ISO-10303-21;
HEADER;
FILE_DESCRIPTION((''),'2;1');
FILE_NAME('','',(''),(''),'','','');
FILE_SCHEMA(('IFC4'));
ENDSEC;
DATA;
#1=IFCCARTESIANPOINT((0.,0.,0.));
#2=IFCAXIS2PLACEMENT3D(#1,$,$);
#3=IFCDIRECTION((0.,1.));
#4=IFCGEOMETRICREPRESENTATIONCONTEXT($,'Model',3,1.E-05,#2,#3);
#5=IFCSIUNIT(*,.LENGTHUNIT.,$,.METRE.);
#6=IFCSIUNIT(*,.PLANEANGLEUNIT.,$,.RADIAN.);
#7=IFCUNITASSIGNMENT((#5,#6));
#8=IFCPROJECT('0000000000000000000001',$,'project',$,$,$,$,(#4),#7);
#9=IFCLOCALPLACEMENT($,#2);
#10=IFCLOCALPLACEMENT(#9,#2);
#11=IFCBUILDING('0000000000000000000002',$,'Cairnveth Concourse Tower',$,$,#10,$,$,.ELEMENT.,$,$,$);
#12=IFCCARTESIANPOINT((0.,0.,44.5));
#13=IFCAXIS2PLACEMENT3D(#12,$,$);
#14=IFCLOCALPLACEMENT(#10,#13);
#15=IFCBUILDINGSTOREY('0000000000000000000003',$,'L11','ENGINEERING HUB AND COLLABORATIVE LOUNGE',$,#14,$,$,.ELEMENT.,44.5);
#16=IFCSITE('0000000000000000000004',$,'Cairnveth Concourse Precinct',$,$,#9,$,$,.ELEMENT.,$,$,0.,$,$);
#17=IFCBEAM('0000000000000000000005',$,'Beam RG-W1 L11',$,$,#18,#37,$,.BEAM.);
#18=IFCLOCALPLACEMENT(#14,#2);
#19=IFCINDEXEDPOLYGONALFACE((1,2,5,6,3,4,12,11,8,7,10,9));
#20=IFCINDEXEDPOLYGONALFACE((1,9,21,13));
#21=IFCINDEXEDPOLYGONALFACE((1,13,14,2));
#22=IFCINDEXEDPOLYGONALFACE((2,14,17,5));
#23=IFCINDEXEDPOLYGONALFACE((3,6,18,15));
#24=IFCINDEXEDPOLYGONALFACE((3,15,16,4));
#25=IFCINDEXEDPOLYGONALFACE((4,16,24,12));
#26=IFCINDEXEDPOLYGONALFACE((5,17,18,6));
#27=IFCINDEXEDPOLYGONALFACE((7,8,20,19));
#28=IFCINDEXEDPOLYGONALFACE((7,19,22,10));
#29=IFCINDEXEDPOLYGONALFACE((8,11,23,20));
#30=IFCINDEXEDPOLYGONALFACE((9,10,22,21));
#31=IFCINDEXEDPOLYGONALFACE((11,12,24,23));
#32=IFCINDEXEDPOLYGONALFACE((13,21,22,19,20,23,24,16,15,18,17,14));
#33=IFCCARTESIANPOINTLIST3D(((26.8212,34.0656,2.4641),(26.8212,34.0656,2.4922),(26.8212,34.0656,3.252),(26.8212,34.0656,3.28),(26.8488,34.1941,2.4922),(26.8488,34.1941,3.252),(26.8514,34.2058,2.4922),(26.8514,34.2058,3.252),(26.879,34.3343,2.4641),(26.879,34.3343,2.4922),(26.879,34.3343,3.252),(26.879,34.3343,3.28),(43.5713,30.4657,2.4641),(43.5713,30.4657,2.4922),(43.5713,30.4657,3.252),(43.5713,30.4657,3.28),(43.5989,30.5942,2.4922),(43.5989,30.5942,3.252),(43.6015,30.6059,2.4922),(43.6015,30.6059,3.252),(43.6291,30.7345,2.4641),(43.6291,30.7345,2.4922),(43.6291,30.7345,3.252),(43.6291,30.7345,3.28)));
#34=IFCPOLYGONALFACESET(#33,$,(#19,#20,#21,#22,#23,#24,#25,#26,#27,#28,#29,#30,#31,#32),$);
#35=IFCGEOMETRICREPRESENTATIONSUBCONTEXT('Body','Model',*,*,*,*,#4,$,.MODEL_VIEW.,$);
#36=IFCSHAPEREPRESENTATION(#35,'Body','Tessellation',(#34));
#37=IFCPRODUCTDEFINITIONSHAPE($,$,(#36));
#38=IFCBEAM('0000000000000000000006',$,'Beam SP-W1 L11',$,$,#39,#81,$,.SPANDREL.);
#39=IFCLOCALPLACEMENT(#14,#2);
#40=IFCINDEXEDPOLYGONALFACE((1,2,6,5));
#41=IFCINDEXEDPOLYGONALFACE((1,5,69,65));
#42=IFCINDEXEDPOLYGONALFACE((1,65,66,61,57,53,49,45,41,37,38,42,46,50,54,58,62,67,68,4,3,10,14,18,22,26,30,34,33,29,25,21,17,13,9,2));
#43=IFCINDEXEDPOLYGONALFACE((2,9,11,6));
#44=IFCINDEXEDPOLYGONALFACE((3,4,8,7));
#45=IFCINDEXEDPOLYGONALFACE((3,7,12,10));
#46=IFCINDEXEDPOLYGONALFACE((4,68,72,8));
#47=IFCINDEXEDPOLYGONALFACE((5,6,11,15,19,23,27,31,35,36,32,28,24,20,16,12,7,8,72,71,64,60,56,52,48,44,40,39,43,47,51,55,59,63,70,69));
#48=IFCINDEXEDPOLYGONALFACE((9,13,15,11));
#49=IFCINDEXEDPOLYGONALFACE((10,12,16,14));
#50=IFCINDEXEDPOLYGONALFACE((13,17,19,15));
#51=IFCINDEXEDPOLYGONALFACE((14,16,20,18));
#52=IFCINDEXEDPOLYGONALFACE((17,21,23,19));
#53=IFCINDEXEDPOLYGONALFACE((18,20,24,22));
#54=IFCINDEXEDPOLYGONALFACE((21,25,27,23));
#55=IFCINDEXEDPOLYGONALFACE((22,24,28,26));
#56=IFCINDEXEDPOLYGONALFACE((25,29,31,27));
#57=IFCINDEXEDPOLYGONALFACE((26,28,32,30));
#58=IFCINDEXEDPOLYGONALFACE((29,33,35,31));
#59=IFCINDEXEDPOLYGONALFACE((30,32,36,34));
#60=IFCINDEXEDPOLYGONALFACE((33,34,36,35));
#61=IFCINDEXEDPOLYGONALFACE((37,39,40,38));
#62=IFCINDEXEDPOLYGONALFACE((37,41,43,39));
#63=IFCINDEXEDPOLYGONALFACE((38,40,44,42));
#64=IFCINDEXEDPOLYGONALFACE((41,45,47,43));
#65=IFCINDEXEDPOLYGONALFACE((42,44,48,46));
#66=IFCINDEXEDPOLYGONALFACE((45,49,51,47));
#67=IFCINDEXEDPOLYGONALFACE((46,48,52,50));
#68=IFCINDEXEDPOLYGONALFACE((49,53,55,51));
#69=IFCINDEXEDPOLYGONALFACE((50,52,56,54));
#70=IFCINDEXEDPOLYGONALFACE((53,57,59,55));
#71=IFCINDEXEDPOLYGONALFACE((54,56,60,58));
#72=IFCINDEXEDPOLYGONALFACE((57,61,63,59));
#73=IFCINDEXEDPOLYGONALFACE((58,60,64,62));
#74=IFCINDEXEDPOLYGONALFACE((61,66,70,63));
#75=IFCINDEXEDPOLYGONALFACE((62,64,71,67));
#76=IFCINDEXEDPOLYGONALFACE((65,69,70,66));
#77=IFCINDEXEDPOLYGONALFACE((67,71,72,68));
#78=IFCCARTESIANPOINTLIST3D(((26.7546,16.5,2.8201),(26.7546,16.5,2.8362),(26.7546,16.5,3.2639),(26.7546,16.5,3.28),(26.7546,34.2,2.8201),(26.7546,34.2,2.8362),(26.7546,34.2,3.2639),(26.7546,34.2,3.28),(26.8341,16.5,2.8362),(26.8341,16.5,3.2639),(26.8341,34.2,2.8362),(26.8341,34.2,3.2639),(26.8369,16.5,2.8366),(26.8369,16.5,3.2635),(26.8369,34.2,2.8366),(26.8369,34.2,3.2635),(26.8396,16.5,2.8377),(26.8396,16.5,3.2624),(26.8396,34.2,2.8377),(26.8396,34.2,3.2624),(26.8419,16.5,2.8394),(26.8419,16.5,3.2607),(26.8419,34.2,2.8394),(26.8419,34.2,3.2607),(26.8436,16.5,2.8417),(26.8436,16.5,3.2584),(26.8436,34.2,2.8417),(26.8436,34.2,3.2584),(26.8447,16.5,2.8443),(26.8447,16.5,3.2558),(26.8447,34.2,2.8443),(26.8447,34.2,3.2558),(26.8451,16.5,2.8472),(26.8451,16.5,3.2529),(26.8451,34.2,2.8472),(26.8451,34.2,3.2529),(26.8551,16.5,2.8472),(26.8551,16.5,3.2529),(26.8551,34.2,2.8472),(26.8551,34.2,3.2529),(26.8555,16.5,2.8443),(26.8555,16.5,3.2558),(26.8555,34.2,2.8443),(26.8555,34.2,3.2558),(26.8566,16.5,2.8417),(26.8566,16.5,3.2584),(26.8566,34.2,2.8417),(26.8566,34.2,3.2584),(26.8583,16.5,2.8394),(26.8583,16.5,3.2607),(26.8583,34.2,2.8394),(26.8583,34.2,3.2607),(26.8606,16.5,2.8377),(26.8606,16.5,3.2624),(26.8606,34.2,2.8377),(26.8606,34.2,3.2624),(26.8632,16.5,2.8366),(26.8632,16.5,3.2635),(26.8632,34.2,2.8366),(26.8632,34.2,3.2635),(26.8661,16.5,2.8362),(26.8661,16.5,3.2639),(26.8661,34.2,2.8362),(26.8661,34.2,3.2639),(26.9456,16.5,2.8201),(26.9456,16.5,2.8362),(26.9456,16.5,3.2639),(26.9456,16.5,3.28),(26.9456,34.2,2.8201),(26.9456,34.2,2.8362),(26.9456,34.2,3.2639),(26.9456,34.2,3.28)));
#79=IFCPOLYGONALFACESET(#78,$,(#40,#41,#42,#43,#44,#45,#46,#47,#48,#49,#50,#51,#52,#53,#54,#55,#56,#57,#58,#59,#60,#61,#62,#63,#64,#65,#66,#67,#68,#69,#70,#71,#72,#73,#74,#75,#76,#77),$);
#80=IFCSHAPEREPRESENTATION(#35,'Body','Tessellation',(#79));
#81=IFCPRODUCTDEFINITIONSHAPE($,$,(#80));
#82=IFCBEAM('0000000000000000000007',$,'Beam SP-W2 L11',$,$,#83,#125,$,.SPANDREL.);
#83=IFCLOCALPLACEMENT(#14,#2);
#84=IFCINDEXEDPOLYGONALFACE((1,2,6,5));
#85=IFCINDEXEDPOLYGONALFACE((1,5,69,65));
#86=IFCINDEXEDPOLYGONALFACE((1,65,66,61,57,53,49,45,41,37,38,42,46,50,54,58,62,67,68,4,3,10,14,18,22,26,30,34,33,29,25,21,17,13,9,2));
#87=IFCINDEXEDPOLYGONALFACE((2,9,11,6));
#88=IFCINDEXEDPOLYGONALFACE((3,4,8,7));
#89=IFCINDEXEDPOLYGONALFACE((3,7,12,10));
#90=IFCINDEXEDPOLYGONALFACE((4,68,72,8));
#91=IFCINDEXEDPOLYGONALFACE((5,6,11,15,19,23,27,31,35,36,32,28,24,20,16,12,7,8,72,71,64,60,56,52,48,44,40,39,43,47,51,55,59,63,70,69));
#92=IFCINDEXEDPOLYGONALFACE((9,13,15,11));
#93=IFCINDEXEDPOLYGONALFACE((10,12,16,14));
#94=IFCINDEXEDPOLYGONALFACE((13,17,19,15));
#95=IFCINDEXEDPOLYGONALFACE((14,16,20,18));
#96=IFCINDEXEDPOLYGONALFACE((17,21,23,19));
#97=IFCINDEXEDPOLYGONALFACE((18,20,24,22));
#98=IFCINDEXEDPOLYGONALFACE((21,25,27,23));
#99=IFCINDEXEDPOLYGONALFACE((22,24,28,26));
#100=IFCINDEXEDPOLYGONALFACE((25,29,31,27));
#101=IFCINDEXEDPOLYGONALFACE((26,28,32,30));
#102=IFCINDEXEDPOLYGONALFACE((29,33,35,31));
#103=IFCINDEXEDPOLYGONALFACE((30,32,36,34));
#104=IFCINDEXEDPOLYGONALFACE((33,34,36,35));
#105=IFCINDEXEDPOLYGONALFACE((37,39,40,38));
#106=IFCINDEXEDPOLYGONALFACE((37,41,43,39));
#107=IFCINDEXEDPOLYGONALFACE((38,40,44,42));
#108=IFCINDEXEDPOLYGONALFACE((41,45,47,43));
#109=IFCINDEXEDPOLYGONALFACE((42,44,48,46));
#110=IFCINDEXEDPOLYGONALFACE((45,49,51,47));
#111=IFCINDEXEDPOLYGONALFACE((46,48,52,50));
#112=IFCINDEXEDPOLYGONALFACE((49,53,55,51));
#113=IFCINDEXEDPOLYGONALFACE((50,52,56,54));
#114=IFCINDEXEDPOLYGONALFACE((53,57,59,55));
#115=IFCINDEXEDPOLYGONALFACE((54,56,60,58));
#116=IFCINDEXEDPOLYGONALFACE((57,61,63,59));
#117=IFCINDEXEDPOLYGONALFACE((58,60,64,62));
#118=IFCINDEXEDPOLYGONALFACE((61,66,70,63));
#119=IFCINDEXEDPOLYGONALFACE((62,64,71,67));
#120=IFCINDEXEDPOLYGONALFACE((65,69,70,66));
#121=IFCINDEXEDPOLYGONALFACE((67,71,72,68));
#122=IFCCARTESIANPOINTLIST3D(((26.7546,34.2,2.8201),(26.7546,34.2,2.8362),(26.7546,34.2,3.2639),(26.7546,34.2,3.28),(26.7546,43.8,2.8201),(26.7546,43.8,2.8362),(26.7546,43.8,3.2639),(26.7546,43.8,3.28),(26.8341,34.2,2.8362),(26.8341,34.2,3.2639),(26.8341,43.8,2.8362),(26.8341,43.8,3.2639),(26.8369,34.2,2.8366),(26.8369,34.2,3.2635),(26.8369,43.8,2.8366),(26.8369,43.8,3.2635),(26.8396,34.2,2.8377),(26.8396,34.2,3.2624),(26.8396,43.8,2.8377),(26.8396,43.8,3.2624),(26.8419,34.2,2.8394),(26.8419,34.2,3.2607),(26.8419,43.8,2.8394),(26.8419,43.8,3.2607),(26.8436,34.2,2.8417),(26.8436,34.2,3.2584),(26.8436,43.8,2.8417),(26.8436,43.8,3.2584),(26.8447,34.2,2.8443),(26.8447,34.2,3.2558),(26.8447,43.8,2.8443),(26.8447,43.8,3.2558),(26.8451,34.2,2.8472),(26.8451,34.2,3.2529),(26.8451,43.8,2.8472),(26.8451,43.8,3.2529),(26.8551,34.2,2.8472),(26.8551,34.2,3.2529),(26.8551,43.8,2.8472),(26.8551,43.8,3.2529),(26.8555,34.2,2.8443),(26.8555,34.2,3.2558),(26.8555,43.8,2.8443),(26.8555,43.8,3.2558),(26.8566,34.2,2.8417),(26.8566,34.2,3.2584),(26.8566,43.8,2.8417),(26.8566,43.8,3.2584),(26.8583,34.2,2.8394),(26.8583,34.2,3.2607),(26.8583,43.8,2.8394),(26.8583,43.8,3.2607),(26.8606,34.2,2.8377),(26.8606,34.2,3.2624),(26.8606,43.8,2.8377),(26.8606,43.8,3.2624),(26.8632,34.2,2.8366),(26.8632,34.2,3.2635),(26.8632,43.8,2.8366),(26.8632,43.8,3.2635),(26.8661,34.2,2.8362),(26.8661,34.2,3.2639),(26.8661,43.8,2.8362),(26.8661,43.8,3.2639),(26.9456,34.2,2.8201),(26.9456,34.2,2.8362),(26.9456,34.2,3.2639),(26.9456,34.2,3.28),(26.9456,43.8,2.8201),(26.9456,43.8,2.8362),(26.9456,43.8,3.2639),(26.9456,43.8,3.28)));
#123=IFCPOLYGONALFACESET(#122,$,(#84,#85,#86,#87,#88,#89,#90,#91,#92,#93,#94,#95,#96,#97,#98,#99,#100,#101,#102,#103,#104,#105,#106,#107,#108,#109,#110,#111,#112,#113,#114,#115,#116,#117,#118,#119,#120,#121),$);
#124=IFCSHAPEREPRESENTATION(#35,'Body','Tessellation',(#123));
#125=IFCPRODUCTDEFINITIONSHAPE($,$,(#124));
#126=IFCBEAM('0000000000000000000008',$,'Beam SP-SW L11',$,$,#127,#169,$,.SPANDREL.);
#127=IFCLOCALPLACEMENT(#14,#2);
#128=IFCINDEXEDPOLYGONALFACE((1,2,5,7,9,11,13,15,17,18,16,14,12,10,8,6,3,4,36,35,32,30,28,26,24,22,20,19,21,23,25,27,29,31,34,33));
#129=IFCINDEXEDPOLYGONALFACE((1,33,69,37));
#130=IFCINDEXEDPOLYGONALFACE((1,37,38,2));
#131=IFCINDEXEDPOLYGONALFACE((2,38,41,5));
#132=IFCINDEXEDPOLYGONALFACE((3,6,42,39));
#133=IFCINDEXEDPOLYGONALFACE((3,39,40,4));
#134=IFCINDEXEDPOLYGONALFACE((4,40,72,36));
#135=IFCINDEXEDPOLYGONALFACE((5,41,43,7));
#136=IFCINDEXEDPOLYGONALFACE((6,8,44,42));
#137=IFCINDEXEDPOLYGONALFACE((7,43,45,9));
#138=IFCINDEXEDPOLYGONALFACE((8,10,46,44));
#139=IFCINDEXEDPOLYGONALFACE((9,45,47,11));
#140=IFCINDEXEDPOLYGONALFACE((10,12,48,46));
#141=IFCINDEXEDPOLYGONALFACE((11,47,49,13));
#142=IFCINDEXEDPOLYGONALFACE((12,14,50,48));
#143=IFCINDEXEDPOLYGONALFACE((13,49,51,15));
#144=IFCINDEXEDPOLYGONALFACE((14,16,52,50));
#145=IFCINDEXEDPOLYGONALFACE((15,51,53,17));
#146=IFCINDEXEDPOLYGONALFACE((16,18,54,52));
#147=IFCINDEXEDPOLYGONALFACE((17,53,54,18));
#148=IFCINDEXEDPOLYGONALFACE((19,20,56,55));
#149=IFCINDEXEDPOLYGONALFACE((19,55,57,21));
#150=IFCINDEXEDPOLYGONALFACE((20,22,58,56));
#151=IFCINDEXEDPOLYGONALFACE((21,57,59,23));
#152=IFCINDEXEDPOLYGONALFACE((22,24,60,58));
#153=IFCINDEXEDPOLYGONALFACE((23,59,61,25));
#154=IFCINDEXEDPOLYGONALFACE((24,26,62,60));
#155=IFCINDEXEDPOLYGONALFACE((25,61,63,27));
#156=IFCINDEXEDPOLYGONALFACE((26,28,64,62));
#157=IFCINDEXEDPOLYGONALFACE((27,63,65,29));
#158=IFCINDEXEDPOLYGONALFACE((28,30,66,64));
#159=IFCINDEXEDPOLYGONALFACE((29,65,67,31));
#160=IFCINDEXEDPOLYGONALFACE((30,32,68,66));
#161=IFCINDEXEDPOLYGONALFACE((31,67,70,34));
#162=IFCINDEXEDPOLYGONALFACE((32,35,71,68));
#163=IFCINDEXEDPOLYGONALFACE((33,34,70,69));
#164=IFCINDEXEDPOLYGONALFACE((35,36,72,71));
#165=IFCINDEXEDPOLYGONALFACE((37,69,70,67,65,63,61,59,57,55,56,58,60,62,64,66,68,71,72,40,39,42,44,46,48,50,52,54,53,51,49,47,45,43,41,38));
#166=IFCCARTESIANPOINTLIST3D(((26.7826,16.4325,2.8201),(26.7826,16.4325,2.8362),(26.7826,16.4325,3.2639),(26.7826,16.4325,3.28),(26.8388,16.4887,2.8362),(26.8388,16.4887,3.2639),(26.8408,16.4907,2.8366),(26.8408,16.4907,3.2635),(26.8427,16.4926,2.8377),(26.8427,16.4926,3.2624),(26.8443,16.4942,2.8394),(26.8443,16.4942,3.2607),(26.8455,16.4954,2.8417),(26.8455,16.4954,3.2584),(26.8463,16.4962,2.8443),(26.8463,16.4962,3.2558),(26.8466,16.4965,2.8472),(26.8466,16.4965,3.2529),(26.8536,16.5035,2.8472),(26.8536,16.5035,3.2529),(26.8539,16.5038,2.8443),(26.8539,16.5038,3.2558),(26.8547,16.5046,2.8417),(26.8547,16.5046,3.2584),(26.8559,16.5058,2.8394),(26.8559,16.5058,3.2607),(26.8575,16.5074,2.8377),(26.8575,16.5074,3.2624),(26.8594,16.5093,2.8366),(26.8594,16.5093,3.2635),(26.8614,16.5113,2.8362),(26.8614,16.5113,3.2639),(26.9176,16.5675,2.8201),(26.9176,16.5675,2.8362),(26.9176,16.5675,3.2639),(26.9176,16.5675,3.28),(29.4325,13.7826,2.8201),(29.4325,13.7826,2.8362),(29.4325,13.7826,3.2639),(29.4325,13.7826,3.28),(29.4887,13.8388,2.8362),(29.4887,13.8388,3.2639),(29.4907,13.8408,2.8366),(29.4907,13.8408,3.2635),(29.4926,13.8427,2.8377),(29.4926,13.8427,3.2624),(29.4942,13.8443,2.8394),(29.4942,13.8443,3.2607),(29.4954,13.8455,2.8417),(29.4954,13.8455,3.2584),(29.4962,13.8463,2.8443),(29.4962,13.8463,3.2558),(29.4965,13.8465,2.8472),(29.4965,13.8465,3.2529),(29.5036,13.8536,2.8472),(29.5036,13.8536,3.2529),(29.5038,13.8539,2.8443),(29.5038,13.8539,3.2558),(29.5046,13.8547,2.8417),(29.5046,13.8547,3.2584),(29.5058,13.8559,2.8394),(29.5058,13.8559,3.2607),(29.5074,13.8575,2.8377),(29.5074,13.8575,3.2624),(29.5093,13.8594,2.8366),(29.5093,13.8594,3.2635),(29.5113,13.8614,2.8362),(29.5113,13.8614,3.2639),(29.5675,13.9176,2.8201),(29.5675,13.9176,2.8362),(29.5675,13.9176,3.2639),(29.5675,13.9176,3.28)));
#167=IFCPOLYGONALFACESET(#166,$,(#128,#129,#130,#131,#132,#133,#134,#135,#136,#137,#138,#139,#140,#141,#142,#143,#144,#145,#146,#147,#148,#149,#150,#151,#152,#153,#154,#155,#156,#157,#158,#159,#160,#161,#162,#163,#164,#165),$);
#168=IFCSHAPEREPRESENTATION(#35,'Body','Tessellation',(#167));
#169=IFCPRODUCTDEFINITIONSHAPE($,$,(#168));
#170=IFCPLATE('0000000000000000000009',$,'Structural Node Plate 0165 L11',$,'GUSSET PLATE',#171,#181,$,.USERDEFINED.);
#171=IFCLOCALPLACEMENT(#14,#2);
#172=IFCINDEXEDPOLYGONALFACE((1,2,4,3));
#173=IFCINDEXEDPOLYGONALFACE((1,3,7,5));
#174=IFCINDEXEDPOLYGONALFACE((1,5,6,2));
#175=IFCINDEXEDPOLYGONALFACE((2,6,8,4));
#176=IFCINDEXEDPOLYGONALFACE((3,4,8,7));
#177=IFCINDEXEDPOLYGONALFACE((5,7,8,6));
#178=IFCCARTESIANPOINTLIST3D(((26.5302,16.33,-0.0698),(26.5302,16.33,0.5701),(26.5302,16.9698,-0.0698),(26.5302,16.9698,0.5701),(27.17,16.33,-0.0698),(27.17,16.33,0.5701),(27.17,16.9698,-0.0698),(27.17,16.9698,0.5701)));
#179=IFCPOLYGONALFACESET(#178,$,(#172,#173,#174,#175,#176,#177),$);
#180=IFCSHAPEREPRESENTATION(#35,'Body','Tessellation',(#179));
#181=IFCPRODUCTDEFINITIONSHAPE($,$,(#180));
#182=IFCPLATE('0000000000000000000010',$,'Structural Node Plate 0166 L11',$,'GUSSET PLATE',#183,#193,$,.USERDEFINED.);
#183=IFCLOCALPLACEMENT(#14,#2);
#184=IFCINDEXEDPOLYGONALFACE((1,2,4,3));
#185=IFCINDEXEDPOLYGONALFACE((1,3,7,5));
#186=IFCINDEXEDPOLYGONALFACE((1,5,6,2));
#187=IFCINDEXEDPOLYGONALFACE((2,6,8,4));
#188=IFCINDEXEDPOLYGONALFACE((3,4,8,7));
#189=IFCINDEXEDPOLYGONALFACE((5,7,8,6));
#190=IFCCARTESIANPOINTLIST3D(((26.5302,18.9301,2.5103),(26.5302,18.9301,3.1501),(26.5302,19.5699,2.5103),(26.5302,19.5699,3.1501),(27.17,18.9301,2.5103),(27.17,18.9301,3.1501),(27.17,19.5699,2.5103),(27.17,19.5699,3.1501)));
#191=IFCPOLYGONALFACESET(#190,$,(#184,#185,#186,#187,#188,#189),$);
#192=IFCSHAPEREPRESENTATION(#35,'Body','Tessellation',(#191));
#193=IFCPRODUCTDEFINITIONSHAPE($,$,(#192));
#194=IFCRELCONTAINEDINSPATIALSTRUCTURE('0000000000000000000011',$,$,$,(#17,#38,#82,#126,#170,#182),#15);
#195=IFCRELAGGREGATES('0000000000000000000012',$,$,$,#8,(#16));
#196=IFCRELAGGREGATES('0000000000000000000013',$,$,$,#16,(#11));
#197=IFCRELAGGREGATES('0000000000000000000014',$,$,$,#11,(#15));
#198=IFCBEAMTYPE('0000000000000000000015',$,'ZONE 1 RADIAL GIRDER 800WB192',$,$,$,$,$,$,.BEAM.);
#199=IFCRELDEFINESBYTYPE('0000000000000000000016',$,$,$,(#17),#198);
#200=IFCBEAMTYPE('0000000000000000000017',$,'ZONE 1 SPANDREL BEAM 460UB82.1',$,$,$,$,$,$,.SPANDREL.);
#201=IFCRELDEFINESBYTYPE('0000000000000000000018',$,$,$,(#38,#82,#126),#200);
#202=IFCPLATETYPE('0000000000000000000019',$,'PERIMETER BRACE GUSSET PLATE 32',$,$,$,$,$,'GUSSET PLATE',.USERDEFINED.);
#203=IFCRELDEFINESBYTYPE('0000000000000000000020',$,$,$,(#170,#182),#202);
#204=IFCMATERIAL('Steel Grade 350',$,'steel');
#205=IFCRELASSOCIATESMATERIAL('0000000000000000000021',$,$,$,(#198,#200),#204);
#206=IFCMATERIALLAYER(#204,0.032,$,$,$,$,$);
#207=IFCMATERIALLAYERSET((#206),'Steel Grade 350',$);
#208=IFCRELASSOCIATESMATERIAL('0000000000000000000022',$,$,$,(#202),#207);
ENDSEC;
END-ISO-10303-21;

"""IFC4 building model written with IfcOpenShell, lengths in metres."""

from ifc_helpers import new_model, si_unit, direction, frame, origin, origin_2d, place, context, subcontext, project, spatial, rectangle, i_section, extrude, material, layer, layer_set, material_profile, profile_set, type_object, element, save


model = new_model("IFC4")

# Units and contexts
model_context = context("Model", 3, precision=1e-05, world=origin(), true_north=direction((0.0, 1.0)))
body_context = subcontext(model_context, "Body", "Model", "MODEL_VIEW")
ifc_project = project(units=[si_unit("LENGTHUNIT", "METRE"), si_unit("PLANEANGLEUNIT", "RADIAN")], contexts=[model_context])

# Site, building, storey
site_placement = place(None, origin())
site = spatial("IfcSite", under=ifc_project, at=site_placement, Name="Cairnveth Concourse Precinct", CompositionType="ELEMENT", RefElevation=0.0)
building_placement = place(site_placement, origin())
building = spatial("IfcBuilding", under=site, at=building_placement, Name="Cairnveth Concourse Tower", CompositionType="ELEMENT")
storey_placement = place(building_placement, frame((0.0, 0.0, 44.5)))
storey = spatial("IfcBuildingStorey", under=building, at=storey_placement, Name="L11", Description="ENGINEERING HUB AND COLLABORATIVE LOUNGE", CompositionType="ELEMENT", Elevation=44.5)

# Shared definitions
ifc_material_1 = material(Name="Steel Grade 350", Category="steel")

# Beams
ifc_material_profile_1 = material_profile(ifc_material_1, i_section(OverallWidth=0.2749, OverallDepth=0.8159, WebThickness=0.012, FlangeThickness=0.0281, at=origin_2d()), Name="800WB192")
ifc_profile_set_1 = profile_set([ifc_material_profile_1], Name="Steel Grade 350")
beam_type_1 = type_object("IfcBeamType", Name="ZONE 1 RADIAL GIRDER 800WB192", PredefinedType="BEAM", material=ifc_profile_set_1)
beam_1_placement = place(storey_placement, frame((26.8501, 34.2, 2.8721), z_axis=(0.977676, -0.210119, 0.0), x_axis=(0.210119, 0.977676, 0.0)))
element("IfcBeam", 1, at=beam_1_placement, inside=storey, type_object=beam_type_1, Name="Beam RG-W1 L11", PredefinedType="BEAM", context=body_context, shape_type="SweptSolid", body=[
    extrude(i_section(OverallWidth=0.2749, OverallDepth=0.8159, WebThickness=0.012, FlangeThickness=0.0281, at=origin_2d()), origin(), (0.0, 0.0, 1.0), 17.1326),
])
ifc_material_profile_2 = material_profile(ifc_material_1, i_section(OverallWidth=0.1909, OverallDepth=0.46, WebThickness=0.01, FlangeThickness=0.0161, FilletRadius=0.011, at=origin_2d()), Name="460UB82.1")
ifc_profile_set_2 = profile_set([ifc_material_profile_2], Name="Steel Grade 350")
beam_type_2 = type_object("IfcBeamType", Name="ZONE 1 SPANDREL BEAM 460UB82.1", PredefinedType="SPANDREL", material=ifc_profile_set_2)
beam_2_placement = place(storey_placement, frame((26.8501, 16.5, 3.05), z_axis=(0.0, 1.0, 0.0), x_axis=(-1.0, 0.0, 0.0)))
element("IfcBeam", 2, at=beam_2_placement, inside=storey, type_object=beam_type_2, Name="Beam SP-W1 L11", PredefinedType="SPANDREL", context=body_context, shape_type="SweptSolid", body=[
    extrude(i_section(OverallWidth=0.1909, OverallDepth=0.46, WebThickness=0.01, FlangeThickness=0.0161, FilletRadius=0.011, at=origin_2d()), origin(), (0.0, 0.0, 1.0), 17.7),
])
beam_3_placement = place(storey_placement, frame((26.8501, 34.2, 3.05), z_axis=(0.0, 1.0, 0.0), x_axis=(-1.0, 0.0, 0.0)))
element("IfcBeam", 3, at=beam_3_placement, inside=storey, type_object=beam_type_2, Name="Beam SP-W2 L11", PredefinedType="SPANDREL", context=body_context, shape_type="SweptSolid", body=[
    extrude(i_section(OverallWidth=0.1909, OverallDepth=0.46, WebThickness=0.01, FlangeThickness=0.0161, FilletRadius=0.011, at=origin_2d()), origin(), (0.0, 0.0, 1.0), 9.6001),
])
beam_4_placement = place(storey_placement, frame((26.8501, 16.5, 3.05), z_axis=(0.707107, -0.707107, 0.0), x_axis=(0.707107, 0.707107, 0.0)))
element("IfcBeam", 4, at=beam_4_placement, inside=storey, type_object=beam_type_2, Name="Beam SP-SW L11", PredefinedType="SPANDREL", context=body_context, shape_type="SweptSolid", body=[
    extrude(i_section(OverallWidth=0.1909, OverallDepth=0.46, WebThickness=0.01, FlangeThickness=0.0161, FilletRadius=0.011, at=origin_2d()), origin(), (0.0, 0.0, 1.0), 3.7476),
])

# Plates
ifc_layer_1 = layer(ifc_material_1, 0.032)
ifc_layer_set_1 = layer_set([ifc_layer_1], Name="Steel Grade 350")
plate_type = type_object("IfcPlateType", Name="PERIMETER BRACE GUSSET PLATE 32", ElementType="GUSSET PLATE", PredefinedType="USERDEFINED", material=ifc_layer_set_1)
for number, where, z_axis, x_axis, name in (
    (5, (26.8501, 16.6499, -0.0698), (0.0, 0.0, 1.0), (1.0, 0.0, 0.0), "Structural Node Plate 0165 L11"),
    (6, (26.8501, 19.25, 2.5103), (0.0, 0.0, 1.0), (1.0, 0.0, 0.0), "Structural Node Plate 0166 L11"),
):
    element("IfcPlate", number, at=place(storey_placement, frame(where, z_axis=z_axis, x_axis=x_axis)), inside=storey, type_object=plate_type, Name=name, ObjectType="GUSSET PLATE", PredefinedType="USERDEFINED", context=body_context, shape_type="SweptSolid", body=[
        extrude(rectangle(XDim=0.6399, YDim=0.6399, at=origin_2d()), origin(), (0.0, 0.0, 1.0), 0.6399),
    ])

save(model, "model.ifc")
